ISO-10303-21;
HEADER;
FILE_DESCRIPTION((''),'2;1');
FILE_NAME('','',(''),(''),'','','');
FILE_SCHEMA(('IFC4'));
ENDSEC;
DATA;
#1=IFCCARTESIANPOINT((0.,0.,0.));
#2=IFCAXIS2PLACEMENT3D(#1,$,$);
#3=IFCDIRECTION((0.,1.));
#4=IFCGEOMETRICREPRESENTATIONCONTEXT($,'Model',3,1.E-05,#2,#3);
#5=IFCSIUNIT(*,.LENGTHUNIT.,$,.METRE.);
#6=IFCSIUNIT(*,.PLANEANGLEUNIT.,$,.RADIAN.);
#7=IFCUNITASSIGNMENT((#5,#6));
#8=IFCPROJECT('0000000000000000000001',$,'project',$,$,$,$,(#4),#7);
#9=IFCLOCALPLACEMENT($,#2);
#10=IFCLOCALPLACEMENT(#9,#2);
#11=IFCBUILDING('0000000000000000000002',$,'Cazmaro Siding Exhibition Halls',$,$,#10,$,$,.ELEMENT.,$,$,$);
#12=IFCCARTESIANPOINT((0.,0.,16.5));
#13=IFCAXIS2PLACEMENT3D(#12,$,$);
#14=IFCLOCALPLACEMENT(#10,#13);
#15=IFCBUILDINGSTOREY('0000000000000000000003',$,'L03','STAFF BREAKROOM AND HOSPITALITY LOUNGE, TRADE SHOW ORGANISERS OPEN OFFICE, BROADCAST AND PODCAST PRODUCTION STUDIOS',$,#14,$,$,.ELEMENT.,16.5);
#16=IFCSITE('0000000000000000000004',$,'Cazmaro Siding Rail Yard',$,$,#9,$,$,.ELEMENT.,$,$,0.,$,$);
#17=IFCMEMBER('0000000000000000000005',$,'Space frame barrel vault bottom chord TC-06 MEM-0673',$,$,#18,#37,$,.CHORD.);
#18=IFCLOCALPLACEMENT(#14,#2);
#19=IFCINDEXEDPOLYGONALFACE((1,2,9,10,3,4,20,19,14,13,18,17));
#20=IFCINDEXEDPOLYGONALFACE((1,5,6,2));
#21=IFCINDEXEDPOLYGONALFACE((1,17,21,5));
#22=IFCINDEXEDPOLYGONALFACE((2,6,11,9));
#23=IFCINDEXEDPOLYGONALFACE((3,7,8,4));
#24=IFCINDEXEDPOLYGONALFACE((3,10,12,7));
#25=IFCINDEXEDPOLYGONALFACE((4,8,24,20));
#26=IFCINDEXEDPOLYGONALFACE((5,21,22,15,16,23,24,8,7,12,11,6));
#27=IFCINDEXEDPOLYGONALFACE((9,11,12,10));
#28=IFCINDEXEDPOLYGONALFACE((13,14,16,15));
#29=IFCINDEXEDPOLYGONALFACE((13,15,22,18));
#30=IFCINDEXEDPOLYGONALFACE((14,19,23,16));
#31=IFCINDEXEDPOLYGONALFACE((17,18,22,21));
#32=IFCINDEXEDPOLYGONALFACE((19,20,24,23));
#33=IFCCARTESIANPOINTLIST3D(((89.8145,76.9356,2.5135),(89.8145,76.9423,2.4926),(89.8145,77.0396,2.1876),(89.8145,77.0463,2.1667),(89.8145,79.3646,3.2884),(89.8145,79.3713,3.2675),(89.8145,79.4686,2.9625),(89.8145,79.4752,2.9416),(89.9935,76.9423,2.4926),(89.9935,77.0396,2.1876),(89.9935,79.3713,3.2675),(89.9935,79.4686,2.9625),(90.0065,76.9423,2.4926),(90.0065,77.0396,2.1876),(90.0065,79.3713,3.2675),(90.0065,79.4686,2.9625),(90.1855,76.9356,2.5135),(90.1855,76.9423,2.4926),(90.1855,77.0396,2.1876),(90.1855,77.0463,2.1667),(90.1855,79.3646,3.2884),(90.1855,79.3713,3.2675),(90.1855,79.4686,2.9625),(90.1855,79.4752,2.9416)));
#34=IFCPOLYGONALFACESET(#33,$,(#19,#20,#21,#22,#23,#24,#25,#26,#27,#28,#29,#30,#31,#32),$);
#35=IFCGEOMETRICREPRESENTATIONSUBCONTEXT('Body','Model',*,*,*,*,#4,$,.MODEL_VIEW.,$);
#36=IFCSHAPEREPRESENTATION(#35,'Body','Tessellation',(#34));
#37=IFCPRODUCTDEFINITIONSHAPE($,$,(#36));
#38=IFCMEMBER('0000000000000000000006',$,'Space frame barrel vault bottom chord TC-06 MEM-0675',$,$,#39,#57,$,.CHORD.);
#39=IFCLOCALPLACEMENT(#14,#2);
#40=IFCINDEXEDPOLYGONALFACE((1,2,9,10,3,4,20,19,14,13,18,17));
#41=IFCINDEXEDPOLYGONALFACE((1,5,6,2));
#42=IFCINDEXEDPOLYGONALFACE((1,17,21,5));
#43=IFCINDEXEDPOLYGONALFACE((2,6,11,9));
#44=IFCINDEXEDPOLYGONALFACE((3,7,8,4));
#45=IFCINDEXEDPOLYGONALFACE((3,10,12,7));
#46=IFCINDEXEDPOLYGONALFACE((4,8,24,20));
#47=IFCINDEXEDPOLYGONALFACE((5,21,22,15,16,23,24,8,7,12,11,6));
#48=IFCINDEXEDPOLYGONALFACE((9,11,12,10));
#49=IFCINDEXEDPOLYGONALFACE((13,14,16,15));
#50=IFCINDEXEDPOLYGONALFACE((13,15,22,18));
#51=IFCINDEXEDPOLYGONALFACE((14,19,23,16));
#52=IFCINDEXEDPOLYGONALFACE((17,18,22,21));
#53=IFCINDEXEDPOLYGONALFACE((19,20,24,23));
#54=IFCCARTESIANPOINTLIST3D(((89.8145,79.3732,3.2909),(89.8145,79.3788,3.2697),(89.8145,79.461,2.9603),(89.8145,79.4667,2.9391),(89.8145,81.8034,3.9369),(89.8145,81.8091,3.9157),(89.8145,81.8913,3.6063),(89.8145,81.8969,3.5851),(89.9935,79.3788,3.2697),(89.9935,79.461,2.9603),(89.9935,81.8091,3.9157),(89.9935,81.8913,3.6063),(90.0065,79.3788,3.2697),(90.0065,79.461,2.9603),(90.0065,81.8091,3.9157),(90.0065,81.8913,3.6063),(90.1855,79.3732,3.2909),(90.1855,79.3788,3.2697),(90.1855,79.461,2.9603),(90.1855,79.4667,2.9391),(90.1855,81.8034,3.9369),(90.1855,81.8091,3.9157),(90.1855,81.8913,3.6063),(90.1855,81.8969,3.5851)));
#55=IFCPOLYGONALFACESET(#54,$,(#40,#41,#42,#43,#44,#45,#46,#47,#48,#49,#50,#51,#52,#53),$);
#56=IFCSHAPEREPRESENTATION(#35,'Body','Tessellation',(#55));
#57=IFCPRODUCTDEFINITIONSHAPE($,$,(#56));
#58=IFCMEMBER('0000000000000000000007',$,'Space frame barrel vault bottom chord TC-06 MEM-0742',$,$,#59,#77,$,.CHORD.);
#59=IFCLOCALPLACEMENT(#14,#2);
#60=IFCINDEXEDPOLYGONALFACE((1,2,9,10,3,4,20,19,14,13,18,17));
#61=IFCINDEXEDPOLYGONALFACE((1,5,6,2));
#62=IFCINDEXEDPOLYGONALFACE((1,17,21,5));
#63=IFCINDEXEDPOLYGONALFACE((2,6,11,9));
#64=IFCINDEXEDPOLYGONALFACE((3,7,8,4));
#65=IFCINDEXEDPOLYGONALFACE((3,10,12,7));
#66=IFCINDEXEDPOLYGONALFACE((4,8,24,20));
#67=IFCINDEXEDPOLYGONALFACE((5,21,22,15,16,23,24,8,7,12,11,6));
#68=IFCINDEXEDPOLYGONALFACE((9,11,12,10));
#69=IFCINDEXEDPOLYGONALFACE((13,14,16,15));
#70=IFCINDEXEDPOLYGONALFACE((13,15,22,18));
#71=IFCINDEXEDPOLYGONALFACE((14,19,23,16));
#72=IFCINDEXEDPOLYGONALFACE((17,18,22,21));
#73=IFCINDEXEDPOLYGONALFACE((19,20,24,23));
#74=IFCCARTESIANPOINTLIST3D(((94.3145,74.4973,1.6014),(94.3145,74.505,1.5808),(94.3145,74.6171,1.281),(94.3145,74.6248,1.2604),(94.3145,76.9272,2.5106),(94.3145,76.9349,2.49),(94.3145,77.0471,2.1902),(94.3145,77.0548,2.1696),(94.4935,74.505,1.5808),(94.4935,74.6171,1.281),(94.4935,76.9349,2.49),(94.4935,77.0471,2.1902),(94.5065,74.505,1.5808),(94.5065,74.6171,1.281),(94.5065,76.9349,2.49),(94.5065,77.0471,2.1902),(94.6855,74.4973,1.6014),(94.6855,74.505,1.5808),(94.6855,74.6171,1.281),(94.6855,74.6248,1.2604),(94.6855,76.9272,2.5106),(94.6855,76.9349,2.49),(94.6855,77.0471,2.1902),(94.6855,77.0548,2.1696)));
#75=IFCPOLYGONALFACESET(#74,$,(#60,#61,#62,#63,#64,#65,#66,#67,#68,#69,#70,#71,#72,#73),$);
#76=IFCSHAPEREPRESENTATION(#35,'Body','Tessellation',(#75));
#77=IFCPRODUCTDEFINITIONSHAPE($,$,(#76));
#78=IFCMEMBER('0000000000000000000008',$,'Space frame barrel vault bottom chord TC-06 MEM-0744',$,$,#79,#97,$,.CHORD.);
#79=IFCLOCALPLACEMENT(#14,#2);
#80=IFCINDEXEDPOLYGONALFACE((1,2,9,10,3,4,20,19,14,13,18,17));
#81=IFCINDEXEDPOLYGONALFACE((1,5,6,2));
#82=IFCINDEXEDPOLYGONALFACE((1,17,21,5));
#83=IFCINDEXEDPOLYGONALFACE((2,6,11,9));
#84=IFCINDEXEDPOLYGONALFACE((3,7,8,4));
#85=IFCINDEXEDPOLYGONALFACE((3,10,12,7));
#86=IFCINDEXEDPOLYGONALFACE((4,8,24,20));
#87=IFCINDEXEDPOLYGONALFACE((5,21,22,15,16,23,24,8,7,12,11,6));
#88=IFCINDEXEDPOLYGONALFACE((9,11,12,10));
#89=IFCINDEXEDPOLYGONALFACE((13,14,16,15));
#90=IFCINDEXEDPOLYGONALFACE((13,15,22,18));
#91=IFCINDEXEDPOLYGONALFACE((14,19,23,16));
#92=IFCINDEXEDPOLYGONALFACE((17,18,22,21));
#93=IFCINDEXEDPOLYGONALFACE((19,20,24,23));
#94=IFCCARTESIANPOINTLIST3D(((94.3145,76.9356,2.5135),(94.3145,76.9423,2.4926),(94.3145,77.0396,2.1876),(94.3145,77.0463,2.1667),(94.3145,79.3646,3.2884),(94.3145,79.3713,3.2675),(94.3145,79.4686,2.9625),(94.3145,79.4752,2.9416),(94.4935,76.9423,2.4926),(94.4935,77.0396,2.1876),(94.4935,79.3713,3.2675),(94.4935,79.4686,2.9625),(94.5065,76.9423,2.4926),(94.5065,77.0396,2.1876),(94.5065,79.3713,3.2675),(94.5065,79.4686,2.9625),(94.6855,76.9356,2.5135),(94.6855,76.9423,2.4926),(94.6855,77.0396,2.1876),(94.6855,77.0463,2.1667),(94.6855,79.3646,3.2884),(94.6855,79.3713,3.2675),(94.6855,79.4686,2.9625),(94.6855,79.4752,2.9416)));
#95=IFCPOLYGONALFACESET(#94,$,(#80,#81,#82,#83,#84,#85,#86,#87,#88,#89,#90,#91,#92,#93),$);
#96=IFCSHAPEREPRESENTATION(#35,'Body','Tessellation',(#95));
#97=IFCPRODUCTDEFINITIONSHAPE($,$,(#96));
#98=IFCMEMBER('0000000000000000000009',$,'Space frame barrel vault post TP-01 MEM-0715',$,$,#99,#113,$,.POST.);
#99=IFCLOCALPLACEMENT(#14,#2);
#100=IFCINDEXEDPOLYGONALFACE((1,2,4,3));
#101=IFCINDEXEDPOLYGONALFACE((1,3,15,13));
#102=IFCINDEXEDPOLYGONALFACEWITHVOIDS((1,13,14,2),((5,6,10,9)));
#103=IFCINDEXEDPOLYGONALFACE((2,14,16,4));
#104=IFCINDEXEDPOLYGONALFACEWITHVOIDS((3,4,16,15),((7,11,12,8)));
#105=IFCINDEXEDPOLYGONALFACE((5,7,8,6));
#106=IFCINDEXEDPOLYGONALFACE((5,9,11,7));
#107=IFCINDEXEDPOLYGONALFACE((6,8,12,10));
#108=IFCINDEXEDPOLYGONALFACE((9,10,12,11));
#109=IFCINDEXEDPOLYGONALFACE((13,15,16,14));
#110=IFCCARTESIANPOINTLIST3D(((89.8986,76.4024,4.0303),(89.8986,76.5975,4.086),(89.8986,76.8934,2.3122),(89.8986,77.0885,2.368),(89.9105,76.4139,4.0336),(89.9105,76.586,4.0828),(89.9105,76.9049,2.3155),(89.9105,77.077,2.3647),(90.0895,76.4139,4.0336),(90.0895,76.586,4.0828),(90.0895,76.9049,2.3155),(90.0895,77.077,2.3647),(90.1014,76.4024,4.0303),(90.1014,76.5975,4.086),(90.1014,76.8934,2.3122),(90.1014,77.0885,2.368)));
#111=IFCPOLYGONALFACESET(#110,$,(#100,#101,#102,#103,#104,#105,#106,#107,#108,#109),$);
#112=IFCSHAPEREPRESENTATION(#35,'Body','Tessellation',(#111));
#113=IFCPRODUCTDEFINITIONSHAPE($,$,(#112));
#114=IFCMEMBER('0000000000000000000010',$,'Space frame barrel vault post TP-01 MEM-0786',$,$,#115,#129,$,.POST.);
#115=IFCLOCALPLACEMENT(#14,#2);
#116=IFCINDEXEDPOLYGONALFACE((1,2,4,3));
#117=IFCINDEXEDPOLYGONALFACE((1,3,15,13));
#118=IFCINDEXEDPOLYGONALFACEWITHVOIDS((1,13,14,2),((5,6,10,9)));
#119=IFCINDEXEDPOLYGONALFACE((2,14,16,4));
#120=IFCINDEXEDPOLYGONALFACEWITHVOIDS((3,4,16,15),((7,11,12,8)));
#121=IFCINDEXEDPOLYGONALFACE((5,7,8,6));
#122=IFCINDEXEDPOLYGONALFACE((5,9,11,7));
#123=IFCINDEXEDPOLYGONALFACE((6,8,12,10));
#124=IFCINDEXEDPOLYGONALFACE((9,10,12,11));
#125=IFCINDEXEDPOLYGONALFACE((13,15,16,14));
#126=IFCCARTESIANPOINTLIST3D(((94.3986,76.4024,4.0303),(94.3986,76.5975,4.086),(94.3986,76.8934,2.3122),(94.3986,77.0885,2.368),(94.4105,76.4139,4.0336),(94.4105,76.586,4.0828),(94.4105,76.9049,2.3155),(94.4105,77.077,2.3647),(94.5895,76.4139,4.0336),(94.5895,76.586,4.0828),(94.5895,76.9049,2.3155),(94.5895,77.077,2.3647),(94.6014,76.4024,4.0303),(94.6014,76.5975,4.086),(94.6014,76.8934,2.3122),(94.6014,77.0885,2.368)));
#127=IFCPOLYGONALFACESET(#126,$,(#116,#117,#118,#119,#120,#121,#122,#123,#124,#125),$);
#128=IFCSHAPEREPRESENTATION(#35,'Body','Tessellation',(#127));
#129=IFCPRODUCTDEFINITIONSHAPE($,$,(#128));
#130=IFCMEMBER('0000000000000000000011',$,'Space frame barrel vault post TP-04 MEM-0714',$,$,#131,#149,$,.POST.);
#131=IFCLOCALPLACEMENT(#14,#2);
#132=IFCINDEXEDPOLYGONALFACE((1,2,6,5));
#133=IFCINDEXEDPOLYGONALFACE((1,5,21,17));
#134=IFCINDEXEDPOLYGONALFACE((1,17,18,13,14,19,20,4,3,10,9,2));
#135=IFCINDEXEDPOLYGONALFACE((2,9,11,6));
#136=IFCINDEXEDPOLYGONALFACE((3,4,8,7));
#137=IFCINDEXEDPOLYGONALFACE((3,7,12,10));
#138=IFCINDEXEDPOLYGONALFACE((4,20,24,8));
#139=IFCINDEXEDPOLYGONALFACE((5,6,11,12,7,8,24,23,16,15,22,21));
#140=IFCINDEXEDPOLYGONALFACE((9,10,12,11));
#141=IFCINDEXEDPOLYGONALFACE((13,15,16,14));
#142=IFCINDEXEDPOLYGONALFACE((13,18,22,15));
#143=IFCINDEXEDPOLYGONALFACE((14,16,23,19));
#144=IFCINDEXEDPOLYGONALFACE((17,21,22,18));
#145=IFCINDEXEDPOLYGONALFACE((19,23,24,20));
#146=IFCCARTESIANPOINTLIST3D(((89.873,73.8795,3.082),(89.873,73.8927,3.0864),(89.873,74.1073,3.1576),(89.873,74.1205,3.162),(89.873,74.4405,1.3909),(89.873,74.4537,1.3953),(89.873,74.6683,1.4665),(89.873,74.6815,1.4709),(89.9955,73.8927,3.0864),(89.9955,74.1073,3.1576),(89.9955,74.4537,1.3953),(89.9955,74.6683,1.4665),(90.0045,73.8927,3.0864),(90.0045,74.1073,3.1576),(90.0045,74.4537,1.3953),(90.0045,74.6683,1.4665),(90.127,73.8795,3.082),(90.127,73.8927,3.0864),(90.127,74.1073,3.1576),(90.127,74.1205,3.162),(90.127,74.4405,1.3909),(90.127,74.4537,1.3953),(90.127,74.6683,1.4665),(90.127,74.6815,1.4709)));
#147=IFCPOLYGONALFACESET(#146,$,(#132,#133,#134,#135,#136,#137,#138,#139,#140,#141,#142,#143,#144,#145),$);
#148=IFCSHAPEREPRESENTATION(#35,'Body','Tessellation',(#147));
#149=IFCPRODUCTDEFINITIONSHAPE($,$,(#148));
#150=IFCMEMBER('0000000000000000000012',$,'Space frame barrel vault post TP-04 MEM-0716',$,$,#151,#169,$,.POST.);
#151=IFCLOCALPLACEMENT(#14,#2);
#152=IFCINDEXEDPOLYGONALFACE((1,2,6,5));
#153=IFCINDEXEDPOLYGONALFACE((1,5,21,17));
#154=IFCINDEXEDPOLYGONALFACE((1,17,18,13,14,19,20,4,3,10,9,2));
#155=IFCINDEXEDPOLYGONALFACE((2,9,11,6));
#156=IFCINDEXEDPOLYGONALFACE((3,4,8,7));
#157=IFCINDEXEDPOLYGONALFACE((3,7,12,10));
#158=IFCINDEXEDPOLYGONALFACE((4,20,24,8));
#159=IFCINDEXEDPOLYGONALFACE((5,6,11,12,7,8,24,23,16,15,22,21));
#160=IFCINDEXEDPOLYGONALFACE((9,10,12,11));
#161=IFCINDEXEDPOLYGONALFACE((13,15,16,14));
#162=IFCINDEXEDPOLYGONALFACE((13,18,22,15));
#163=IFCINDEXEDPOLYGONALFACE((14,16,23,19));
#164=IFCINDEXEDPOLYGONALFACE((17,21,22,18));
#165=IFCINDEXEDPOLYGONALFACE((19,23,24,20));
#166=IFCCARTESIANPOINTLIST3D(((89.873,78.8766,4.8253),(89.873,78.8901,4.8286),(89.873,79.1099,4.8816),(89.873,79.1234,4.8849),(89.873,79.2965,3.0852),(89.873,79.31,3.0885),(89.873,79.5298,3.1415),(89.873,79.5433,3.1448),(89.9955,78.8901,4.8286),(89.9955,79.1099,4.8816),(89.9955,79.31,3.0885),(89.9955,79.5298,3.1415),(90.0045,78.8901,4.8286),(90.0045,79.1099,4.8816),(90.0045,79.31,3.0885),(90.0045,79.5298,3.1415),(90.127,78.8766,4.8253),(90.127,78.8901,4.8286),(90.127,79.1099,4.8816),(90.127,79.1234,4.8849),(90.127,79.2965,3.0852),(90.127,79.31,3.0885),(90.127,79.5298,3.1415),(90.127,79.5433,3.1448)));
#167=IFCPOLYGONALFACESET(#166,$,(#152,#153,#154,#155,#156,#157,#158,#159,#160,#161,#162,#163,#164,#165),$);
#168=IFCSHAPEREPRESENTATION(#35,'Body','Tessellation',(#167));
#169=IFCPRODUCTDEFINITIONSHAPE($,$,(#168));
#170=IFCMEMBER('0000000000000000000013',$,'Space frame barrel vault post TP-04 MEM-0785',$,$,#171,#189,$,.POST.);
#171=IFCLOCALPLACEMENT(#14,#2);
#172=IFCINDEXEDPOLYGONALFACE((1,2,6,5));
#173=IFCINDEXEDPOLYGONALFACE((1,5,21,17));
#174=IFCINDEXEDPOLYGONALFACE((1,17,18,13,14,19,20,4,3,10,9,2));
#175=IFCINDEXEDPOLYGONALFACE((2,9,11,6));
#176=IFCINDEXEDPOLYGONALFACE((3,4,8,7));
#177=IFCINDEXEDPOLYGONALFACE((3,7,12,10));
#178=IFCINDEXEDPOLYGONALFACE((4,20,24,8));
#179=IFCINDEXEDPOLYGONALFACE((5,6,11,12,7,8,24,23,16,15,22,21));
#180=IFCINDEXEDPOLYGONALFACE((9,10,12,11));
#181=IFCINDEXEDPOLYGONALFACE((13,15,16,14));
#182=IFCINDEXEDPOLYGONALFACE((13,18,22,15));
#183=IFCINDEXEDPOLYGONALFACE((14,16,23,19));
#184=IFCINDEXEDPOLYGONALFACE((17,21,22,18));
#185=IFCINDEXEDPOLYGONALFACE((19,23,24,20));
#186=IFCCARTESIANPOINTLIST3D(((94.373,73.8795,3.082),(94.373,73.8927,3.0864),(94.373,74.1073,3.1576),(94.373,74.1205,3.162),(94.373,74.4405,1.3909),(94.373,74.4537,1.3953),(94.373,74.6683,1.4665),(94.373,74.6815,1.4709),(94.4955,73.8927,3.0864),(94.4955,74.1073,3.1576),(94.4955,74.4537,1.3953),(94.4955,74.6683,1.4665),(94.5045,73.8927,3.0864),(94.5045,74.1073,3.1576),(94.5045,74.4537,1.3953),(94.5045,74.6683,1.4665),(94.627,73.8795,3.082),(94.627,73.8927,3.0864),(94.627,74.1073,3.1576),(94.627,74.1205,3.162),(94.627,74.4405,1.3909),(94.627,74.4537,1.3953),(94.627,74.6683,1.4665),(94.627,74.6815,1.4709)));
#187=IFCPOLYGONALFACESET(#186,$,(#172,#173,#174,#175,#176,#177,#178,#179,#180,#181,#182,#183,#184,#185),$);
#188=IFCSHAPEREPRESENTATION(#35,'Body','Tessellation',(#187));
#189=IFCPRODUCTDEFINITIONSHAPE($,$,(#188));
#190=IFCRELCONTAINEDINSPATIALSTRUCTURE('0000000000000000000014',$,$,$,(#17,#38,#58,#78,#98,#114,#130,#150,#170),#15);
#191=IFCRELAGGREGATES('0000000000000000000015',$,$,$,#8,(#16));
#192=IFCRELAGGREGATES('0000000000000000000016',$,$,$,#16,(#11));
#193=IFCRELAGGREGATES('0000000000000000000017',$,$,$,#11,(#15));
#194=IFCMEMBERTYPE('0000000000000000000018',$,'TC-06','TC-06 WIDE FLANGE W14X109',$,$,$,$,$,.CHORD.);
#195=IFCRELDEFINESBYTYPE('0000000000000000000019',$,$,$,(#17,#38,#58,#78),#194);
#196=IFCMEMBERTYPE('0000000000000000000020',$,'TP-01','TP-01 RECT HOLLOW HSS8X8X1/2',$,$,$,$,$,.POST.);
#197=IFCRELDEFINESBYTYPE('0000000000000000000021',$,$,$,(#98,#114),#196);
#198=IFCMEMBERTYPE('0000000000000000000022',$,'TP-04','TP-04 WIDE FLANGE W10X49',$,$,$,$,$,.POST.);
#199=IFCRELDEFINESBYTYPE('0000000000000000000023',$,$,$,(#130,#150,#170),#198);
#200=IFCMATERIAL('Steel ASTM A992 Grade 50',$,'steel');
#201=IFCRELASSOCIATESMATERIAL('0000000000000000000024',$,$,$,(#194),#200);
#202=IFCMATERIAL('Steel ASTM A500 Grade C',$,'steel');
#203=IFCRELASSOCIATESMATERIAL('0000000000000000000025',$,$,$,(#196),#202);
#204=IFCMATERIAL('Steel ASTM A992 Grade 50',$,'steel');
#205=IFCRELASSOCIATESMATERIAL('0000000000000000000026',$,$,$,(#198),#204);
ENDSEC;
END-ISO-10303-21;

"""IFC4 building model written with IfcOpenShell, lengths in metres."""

from ifc_helpers import new_model, si_unit, direction, frame, origin, origin_2d, place, context, subcontext, project, spatial, hollow_rectangle, i_section, extrude, material, material_profile, profile_set, type_object, element, save


model = new_model("IFC4")

# Units and contexts
model_context = context("Model", 3, precision=1e-05, world=origin(), true_north=direction((0.0, 1.0)))
body_context = subcontext(model_context, "Body", "Model", "MODEL_VIEW")
ifc_project = project(units=[si_unit("LENGTHUNIT", "METRE"), si_unit("PLANEANGLEUNIT", "RADIAN")], contexts=[model_context])

# Site, building, storey
site_placement = place(None, origin())
site = spatial("IfcSite", under=ifc_project, at=site_placement, Name="Cazmaro Siding Rail Yard", CompositionType="ELEMENT", RefElevation=0.0)
building_placement = place(site_placement, origin())
building = spatial("IfcBuilding", under=site, at=building_placement, Name="Cazmaro Siding Exhibition Halls", CompositionType="ELEMENT")
storey_placement = place(building_placement, frame((0.0, 0.0, 16.5)))
storey = spatial("IfcBuildingStorey", under=building, at=storey_placement, Name="L03", Description="STAFF BREAKROOM AND HOSPITALITY LOUNGE, TRADE SHOW ORGANISERS OPEN OFFICE, BROADCAST AND PODCAST PRODUCTION STUDIOS", CompositionType="ELEMENT", Elevation=16.5)

# Members
ifc_material_1 = material(Name="Steel ASTM A992 Grade 50", Category="steel")
ifc_material_profile_1 = material_profile(ifc_material_1, i_section(OverallWidth=0.3711, OverallDepth=0.364, WebThickness=0.0129, FlangeThickness=0.022, at=origin_2d()), Name="W14X109")
ifc_profile_set_1 = profile_set([ifc_material_profile_1], Name="Steel ASTM A992 Grade 50")
member_type_1 = type_object("IfcMemberType", Name="TC-06", Description="TC-06 WIDE FLANGE W14X109", PredefinedType="CHORD", material=ifc_profile_set_1)
member_1_placement = place(storey_placement, frame((90.0, 76.991, 2.3401), z_axis=(0.0, 0.952693, 0.303935), x_axis=(-1.0, 0.0, 0.0)))
element("IfcMember", 1, at=member_1_placement, inside=storey, type_object=member_type_1, Name="Space frame barrel vault bottom chord TC-06 MEM-0673", PredefinedType="CHORD", context=body_context, shape_type="SweptSolid", body=[
    extrude(i_section(OverallWidth=0.3711, OverallDepth=0.364, WebThickness=0.0129, FlangeThickness=0.022, at=origin_2d()), origin(), (0.0, 0.0, 1.0), 2.5496),
])
member_2_placement = place(storey_placement, frame((90.0, 79.4199, 3.115), z_axis=(0.0, 0.966438, 0.256901), x_axis=(-1.0, 0.0, 0.0)))
element("IfcMember", 2, at=member_2_placement, inside=storey, type_object=member_type_1, Name="Space frame barrel vault bottom chord TC-06 MEM-0675", PredefinedType="CHORD", context=body_context, shape_type="SweptSolid", body=[
    extrude(i_section(OverallWidth=0.3711, OverallDepth=0.364, WebThickness=0.0129, FlangeThickness=0.022, at=origin_2d()), origin(), (0.0, 0.0, 1.0), 2.5146),
])
member_3_placement = place(storey_placement, frame((94.5, 74.561, 1.4309), z_axis=(0.0, 0.936588, 0.350432), x_axis=(-1.0, 0.0, 0.0)))
element("IfcMember", 3, at=member_3_placement, inside=storey, type_object=member_type_1, Name="Space frame barrel vault bottom chord TC-06 MEM-0742", PredefinedType="CHORD", context=body_context, shape_type="SweptSolid", body=[
    extrude(i_section(OverallWidth=0.3711, OverallDepth=0.364, WebThickness=0.0129, FlangeThickness=0.022, at=origin_2d()), origin(), (0.0, 0.0, 1.0), 2.5945),
])
member_4_placement = place(storey_placement, frame((94.5, 76.991, 2.3401), z_axis=(0.0, 0.952693, 0.303935), x_axis=(-1.0, 0.0, 0.0)))
element("IfcMember", 4, at=member_4_placement, inside=storey, type_object=member_type_1, Name="Space frame barrel vault bottom chord TC-06 MEM-0744", PredefinedType="CHORD", context=body_context, shape_type="SweptSolid", body=[
    extrude(i_section(OverallWidth=0.3711, OverallDepth=0.364, WebThickness=0.0129, FlangeThickness=0.022, at=origin_2d()), origin(), (0.0, 0.0, 1.0), 2.5496),
])
ifc_material_2 = material(Name="Steel ASTM A500 Grade C", Category="steel")
ifc_material_profile_2 = material_profile(ifc_material_2, hollow_rectangle(XDim=0.2029, YDim=0.2029, WallThickness=0.012, at=origin_2d()), Name="HSS8X8X1/2")
ifc_profile_set_2 = profile_set([ifc_material_profile_2], Name="Steel ASTM A500 Grade C")
member_type_2 = type_object("IfcMemberType", Name="TP-01", Description="TP-01 RECT HOLLOW HSS8X8X1/2", PredefinedType="POST", material=ifc_profile_set_2)
for number, where, z_axis, x_axis, name in (
    (5, (90.0, 76.991, 2.3401), (0.0, -0.274775, 0.961508), (1.0, 0.0, 0.0), "Space frame barrel vault post TP-01 MEM-0715"),
    (6, (94.5, 76.991, 2.3401), (0.0, -0.274775, 0.961508), (1.0, 0.0, 0.0), "Space frame barrel vault post TP-01 MEM-0786"),
):
    element("IfcMember", number, at=place(storey_placement, frame(where, z_axis=z_axis, x_axis=x_axis)), inside=storey, type_object=member_type_2, Name=name, PredefinedType="POST", context=body_context, shape_type="SweptSolid", body=[
        extrude(hollow_rectangle(XDim=0.2029, YDim=0.2029, WallThickness=0.012, at=origin_2d()), origin(), (0.0, 0.0, 1.0), 1.7869),
    ])
ifc_material_3 = material(Name="Steel ASTM A992 Grade 50", Category="steel")
ifc_material_profile_3 = material_profile(ifc_material_3, i_section(OverallWidth=0.2539, OverallDepth=0.2539, WebThickness=0.009, FlangeThickness=0.0139, at=origin_2d()), Name="W10X49")
ifc_profile_set_3 = profile_set([ifc_material_profile_3], Name="Steel ASTM A992 Grade 50")
member_type_3 = type_object("IfcMemberType", Name="TP-04", Description="TP-04 WIDE FLANGE W10X49", PredefinedType="POST", material=ifc_profile_set_3)
member_5_placement = place(storey_placement, frame((90.0, 74.561, 1.4309), z_axis=(0.0, -0.314871, 0.949134), x_axis=(1.0, 0.0, 0.0)))
element("IfcMember", 7, at=member_5_placement, inside=storey, type_object=member_type_3, Name="Space frame barrel vault post TP-04 MEM-0714", PredefinedType="POST", context=body_context, shape_type="SweptSolid", body=[
    extrude(i_section(OverallWidth=0.2539, OverallDepth=0.2539, WebThickness=0.009, FlangeThickness=0.0139, at=origin_2d()), origin(), (0.0, 0.0, 1.0), 1.7817),
])
member_6_placement = place(storey_placement, frame((90.0, 79.4199, 3.115), z_axis=(0.0, -0.234601, 0.972092), x_axis=(1.0, 0.0, 0.0)))
element("IfcMember", 8, at=member_6_placement, inside=storey, type_object=member_type_3, Name="Space frame barrel vault post TP-04 MEM-0716", PredefinedType="POST", context=body_context, shape_type="SweptSolid", body=[
    extrude(i_section(OverallWidth=0.2539, OverallDepth=0.2539, WebThickness=0.009, FlangeThickness=0.0139, at=origin_2d()), origin(), (0.0, 0.0, 1.0), 1.79),
])
member_7_placement = place(storey_placement, frame((94.5, 74.561, 1.4309), z_axis=(0.0, -0.314871, 0.949134), x_axis=(1.0, 0.0, 0.0)))
element("IfcMember", 9, at=member_7_placement, inside=storey, type_object=member_type_3, Name="Space frame barrel vault post TP-04 MEM-0785", PredefinedType="POST", context=body_context, shape_type="SweptSolid", body=[
    extrude(i_section(OverallWidth=0.2539, OverallDepth=0.2539, WebThickness=0.009, FlangeThickness=0.0139, at=origin_2d()), origin(), (0.0, 0.0, 1.0), 1.7817),
])

save(model, "model.ifc")
